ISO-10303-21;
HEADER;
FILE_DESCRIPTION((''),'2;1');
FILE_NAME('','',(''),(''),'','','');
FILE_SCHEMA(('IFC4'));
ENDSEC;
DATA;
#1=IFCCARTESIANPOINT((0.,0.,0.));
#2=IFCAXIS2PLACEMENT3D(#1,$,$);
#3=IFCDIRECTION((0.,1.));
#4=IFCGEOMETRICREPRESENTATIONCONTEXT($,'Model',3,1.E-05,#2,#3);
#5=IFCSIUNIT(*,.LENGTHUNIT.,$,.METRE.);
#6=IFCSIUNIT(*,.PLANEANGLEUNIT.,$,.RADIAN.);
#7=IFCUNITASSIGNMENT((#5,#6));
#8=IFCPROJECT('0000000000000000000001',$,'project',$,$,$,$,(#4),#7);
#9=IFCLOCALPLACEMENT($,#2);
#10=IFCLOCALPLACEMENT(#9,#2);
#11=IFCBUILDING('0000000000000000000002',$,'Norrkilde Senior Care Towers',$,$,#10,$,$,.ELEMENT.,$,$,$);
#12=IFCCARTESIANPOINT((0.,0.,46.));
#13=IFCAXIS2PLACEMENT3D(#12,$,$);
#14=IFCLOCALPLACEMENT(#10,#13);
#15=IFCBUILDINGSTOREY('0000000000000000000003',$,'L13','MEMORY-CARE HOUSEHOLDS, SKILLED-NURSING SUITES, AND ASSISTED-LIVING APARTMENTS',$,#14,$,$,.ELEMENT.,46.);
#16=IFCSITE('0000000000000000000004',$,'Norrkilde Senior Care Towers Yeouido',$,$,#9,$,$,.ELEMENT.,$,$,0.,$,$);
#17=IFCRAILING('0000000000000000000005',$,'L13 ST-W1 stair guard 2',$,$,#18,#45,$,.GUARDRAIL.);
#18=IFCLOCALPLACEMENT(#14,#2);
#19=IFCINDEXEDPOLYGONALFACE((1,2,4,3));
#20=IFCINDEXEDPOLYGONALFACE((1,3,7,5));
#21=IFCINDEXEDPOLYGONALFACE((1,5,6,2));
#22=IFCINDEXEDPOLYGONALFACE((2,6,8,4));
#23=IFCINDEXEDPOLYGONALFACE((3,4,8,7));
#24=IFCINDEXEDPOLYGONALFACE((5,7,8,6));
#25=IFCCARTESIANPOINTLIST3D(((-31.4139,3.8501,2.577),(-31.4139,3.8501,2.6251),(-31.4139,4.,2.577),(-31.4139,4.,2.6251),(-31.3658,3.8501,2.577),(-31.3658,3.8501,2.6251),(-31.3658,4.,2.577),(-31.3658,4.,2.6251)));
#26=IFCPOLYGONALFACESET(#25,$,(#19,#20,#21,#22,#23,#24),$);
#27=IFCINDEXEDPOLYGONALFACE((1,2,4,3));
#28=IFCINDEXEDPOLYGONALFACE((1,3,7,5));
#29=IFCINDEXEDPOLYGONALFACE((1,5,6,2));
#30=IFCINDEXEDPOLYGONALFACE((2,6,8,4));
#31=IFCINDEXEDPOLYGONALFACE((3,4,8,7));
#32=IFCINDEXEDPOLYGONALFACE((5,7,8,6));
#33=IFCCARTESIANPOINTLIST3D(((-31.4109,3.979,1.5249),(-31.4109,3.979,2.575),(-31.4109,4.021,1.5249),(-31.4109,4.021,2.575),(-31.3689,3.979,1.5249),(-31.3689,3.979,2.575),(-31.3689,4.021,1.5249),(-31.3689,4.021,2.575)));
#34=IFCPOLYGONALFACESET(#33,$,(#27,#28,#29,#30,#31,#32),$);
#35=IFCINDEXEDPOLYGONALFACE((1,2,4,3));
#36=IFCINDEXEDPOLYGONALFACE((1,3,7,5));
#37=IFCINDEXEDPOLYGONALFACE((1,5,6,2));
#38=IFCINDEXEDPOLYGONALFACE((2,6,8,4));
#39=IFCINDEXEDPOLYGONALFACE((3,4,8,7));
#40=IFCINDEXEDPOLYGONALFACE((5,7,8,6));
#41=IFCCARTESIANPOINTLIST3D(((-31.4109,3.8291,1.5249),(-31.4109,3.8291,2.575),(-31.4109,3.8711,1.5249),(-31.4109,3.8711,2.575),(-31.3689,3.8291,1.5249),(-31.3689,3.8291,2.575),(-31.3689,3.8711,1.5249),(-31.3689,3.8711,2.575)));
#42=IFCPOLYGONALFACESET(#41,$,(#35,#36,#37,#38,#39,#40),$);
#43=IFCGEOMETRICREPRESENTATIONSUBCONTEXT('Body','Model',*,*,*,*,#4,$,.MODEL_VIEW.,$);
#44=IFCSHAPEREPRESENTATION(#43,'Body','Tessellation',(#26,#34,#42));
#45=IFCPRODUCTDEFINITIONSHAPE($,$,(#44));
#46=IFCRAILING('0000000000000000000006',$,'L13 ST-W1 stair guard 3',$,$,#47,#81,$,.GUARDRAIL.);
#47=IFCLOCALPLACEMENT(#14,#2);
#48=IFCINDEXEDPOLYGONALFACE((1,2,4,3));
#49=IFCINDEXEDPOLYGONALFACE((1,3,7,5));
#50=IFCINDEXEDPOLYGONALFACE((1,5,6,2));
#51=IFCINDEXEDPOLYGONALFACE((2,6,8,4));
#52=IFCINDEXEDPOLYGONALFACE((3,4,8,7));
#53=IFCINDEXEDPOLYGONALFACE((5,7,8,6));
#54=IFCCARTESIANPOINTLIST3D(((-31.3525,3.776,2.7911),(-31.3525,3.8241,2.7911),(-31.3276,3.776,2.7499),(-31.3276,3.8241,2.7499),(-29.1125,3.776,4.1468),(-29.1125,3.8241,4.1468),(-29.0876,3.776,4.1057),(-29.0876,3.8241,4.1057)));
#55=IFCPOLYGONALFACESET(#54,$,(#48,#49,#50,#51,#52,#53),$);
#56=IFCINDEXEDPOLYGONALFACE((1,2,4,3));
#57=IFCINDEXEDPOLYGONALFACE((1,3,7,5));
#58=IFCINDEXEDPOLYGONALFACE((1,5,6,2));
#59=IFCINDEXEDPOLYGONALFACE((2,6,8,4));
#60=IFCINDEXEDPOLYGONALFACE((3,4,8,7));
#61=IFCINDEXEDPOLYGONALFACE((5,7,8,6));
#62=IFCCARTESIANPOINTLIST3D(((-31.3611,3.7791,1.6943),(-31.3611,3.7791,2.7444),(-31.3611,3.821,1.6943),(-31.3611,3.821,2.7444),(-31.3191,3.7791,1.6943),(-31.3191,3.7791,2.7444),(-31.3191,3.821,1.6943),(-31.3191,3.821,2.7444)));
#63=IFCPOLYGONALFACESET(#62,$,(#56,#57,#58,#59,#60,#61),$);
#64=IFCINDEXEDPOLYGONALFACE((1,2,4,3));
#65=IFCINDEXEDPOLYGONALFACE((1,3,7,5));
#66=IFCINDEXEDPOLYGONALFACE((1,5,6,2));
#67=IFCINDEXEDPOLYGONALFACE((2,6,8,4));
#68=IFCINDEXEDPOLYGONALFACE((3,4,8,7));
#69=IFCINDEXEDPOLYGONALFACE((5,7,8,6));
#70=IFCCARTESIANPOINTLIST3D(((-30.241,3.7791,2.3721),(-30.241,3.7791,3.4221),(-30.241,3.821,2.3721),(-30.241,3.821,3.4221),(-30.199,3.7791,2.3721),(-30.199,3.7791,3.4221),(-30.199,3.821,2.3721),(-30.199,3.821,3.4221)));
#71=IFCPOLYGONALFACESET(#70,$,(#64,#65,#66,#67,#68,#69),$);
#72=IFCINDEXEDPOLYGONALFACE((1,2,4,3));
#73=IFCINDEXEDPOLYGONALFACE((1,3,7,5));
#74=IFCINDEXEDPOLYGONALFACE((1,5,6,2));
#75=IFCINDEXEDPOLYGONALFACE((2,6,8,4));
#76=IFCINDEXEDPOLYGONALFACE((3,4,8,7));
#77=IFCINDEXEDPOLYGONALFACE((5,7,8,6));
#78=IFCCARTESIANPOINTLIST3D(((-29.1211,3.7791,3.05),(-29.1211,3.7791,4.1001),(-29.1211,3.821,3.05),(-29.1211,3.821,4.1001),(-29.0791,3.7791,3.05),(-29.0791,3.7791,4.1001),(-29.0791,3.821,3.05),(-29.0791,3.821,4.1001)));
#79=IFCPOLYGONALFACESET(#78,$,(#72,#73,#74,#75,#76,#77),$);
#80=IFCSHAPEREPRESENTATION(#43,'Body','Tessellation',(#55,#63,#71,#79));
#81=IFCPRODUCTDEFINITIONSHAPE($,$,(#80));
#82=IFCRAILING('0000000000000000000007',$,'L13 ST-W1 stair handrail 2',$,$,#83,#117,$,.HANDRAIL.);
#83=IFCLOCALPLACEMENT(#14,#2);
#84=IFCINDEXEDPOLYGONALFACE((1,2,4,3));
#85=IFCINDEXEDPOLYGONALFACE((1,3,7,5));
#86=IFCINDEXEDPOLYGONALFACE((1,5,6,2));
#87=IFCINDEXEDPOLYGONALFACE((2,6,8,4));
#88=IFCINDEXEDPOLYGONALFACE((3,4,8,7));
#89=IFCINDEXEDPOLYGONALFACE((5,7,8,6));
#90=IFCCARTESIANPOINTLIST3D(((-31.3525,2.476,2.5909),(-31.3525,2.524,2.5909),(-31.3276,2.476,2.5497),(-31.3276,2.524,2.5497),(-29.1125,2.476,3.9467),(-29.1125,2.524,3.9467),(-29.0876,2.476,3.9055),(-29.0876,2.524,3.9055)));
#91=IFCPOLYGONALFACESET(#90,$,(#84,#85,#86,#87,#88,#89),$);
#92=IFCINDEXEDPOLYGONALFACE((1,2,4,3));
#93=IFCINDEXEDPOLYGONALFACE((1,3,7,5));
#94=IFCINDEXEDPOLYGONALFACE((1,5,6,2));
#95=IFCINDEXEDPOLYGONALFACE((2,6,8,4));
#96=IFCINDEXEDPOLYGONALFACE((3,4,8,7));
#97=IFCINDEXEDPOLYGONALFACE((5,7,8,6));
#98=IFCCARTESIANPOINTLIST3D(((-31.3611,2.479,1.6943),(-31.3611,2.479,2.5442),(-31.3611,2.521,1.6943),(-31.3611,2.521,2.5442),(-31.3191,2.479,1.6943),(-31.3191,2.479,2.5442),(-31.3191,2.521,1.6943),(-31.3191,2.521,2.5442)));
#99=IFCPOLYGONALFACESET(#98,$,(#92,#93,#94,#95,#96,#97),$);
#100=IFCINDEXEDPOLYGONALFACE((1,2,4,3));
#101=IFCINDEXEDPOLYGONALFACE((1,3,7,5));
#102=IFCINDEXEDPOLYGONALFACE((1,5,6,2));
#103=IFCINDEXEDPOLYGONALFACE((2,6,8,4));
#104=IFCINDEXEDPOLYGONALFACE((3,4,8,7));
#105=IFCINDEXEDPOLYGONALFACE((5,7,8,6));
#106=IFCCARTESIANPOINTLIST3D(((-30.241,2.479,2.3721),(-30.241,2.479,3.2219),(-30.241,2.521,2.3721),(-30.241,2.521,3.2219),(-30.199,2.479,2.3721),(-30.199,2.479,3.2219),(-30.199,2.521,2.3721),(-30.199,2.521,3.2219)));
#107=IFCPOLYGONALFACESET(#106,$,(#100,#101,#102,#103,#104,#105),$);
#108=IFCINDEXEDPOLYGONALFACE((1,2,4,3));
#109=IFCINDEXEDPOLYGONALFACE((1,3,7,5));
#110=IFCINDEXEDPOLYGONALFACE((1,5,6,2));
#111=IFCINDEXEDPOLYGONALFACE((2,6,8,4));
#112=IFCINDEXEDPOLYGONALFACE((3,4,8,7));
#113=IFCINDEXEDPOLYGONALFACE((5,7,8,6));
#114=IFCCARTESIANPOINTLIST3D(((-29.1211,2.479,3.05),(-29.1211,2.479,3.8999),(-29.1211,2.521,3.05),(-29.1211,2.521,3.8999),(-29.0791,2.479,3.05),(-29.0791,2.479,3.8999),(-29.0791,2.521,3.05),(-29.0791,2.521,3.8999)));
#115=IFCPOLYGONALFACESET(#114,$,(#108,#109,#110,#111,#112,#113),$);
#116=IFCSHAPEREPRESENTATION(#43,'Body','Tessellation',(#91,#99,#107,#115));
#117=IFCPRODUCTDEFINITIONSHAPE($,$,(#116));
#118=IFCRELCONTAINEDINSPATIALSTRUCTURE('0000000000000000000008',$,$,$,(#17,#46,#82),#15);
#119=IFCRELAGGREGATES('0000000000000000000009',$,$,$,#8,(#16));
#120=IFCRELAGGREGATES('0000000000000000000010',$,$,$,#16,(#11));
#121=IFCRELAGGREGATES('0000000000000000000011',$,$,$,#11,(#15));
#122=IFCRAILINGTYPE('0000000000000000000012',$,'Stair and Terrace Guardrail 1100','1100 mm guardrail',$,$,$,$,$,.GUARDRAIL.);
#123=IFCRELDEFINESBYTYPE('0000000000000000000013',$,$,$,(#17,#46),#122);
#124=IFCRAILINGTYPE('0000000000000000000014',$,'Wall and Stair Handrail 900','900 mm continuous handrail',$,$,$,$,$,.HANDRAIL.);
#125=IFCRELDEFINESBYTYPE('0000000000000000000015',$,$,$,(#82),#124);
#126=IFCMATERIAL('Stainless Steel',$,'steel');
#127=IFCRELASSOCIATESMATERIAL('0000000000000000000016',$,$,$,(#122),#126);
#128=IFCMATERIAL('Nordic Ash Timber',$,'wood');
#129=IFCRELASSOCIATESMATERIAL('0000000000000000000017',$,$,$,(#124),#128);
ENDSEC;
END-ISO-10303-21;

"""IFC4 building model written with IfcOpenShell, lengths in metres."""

from ifc_helpers import new_model, si_unit, direction, frame, origin, origin_2d, place, context, subcontext, project, spatial, rectangle, extrude, material, type_object, element, save


model = new_model("IFC4")

# Units and contexts
model_context = context("Model", 3, precision=1e-05, world=origin(), true_north=direction((0.0, 1.0)))
body_context = subcontext(model_context, "Body", "Model", "MODEL_VIEW")
ifc_project = project(units=[si_unit("LENGTHUNIT", "METRE"), si_unit("PLANEANGLEUNIT", "RADIAN")], contexts=[model_context])

# Site, building, storey
site_placement = place(None, origin())
site = spatial("IfcSite", under=ifc_project, at=site_placement, Name="Norrkilde Senior Care Towers Yeouido", CompositionType="ELEMENT", RefElevation=0.0)
building_placement = place(site_placement, origin())
building = spatial("IfcBuilding", under=site, at=building_placement, Name="Norrkilde Senior Care Towers", CompositionType="ELEMENT")
storey_placement = place(building_placement, frame((0.0, 0.0, 46.0)))
storey = spatial("IfcBuildingStorey", under=building, at=storey_placement, Name="L13", Description="MEMORY-CARE HOUSEHOLDS, SKILLED-NURSING SUITES, AND ASSISTED-LIVING APARTMENTS", CompositionType="ELEMENT", Elevation=46.0)

# Shared definitions
ifc_material_1 = material(Name="Nordic Ash Timber", Category="wood")

# Railings
ifc_material_2 = material(Name="Stainless Steel", Category="steel")
railing_type_1 = type_object("IfcRailingType", Name="Stair and Terrace Guardrail 1100", Description="1100 mm guardrail", PredefinedType="GUARDRAIL", material=ifc_material_2)
railing_1_placement = place(storey_placement, frame((-31.3899, 4.0, 1.5249)))
element("IfcRailing", 1, at=railing_1_placement, inside=storey, type_object=railing_type_1, Name="L13 ST-W1 stair guard 2", PredefinedType="GUARDRAIL", context=body_context, shape_type="SweptSolid", body=[
    extrude(rectangle(XDim=0.0481, YDim=0.0481, at=origin_2d()), frame((0.0, 0.0, 1.0762), z_axis=(0.0, -1.0, 0.0), x_axis=(1.0, 0.0, 0.0)), (0.0, 0.0, 1.0), 0.1499),
    extrude(rectangle(XDim=0.042, YDim=0.042, at=origin_2d()), origin(), (0.0, 0.0, 1.0), 1.05),
    extrude(rectangle(XDim=0.042, YDim=0.042, at=origin_2d()), frame((0.0, -0.1499, 0.0)), (0.0, 0.0, 1.0), 1.05),
])
railing_2_placement = place(storey_placement, frame((-31.3401, 3.8, 1.6943)))
element("IfcRailing", 2, at=railing_2_placement, inside=storey, type_object=railing_type_1, Name="L13 ST-W1 stair guard 3", PredefinedType="GUARDRAIL", context=body_context, shape_type="SweptSolid", body=[
    extrude(rectangle(XDim=0.0481, YDim=0.0481, at=origin_2d()), frame((0.0, 0.0, 1.0762), z_axis=(0.855512, 0.0, 0.517783), x_axis=(0.0, 1.0, 0.0)), (0.0, 0.0, 1.0), 2.6184),
    extrude(rectangle(XDim=0.042, YDim=0.042, at=origin_2d()), origin(), (0.0, 0.0, 1.0), 1.05),
    extrude(rectangle(XDim=0.042, YDim=0.042, at=origin_2d()), frame((1.1201, 0.0, 0.6777)), (0.0, 0.0, 1.0), 1.05),
    extrude(rectangle(XDim=0.042, YDim=0.042, at=origin_2d()), frame((2.24, 0.0, 1.3557)), (0.0, 0.0, 1.0), 1.05),
])
railing_type_2 = type_object("IfcRailingType", Name="Wall and Stair Handrail 900", Description="900 mm continuous handrail", PredefinedType="HANDRAIL", material=ifc_material_1)
railing_3_placement = place(storey_placement, frame((-31.3401, 2.5, 1.6943)))
element("IfcRailing", 3, at=railing_3_placement, inside=storey, type_object=railing_type_2, Name="L13 ST-W1 stair handrail 2", PredefinedType="HANDRAIL", context=body_context, shape_type="SweptSolid", body=[
    extrude(rectangle(XDim=0.0481, YDim=0.0481, at=origin_2d()), frame((0.0, 0.0, 0.876), z_axis=(0.855512, 0.0, 0.517783), x_axis=(0.0, 1.0, 0.0)), (0.0, 0.0, 1.0), 2.6184),
    extrude(rectangle(XDim=0.042, YDim=0.042, at=origin_2d()), origin(), (0.0, 0.0, 1.0), 0.8499),
    extrude(rectangle(XDim=0.042, YDim=0.042, at=origin_2d()), frame((1.1201, 0.0, 0.6777)), (0.0, 0.0, 1.0), 0.8499),
    extrude(rectangle(XDim=0.042, YDim=0.042, at=origin_2d()), frame((2.24, 0.0, 1.3557)), (0.0, 0.0, 1.0), 0.8499),
])

save(model, "model.ifc")
